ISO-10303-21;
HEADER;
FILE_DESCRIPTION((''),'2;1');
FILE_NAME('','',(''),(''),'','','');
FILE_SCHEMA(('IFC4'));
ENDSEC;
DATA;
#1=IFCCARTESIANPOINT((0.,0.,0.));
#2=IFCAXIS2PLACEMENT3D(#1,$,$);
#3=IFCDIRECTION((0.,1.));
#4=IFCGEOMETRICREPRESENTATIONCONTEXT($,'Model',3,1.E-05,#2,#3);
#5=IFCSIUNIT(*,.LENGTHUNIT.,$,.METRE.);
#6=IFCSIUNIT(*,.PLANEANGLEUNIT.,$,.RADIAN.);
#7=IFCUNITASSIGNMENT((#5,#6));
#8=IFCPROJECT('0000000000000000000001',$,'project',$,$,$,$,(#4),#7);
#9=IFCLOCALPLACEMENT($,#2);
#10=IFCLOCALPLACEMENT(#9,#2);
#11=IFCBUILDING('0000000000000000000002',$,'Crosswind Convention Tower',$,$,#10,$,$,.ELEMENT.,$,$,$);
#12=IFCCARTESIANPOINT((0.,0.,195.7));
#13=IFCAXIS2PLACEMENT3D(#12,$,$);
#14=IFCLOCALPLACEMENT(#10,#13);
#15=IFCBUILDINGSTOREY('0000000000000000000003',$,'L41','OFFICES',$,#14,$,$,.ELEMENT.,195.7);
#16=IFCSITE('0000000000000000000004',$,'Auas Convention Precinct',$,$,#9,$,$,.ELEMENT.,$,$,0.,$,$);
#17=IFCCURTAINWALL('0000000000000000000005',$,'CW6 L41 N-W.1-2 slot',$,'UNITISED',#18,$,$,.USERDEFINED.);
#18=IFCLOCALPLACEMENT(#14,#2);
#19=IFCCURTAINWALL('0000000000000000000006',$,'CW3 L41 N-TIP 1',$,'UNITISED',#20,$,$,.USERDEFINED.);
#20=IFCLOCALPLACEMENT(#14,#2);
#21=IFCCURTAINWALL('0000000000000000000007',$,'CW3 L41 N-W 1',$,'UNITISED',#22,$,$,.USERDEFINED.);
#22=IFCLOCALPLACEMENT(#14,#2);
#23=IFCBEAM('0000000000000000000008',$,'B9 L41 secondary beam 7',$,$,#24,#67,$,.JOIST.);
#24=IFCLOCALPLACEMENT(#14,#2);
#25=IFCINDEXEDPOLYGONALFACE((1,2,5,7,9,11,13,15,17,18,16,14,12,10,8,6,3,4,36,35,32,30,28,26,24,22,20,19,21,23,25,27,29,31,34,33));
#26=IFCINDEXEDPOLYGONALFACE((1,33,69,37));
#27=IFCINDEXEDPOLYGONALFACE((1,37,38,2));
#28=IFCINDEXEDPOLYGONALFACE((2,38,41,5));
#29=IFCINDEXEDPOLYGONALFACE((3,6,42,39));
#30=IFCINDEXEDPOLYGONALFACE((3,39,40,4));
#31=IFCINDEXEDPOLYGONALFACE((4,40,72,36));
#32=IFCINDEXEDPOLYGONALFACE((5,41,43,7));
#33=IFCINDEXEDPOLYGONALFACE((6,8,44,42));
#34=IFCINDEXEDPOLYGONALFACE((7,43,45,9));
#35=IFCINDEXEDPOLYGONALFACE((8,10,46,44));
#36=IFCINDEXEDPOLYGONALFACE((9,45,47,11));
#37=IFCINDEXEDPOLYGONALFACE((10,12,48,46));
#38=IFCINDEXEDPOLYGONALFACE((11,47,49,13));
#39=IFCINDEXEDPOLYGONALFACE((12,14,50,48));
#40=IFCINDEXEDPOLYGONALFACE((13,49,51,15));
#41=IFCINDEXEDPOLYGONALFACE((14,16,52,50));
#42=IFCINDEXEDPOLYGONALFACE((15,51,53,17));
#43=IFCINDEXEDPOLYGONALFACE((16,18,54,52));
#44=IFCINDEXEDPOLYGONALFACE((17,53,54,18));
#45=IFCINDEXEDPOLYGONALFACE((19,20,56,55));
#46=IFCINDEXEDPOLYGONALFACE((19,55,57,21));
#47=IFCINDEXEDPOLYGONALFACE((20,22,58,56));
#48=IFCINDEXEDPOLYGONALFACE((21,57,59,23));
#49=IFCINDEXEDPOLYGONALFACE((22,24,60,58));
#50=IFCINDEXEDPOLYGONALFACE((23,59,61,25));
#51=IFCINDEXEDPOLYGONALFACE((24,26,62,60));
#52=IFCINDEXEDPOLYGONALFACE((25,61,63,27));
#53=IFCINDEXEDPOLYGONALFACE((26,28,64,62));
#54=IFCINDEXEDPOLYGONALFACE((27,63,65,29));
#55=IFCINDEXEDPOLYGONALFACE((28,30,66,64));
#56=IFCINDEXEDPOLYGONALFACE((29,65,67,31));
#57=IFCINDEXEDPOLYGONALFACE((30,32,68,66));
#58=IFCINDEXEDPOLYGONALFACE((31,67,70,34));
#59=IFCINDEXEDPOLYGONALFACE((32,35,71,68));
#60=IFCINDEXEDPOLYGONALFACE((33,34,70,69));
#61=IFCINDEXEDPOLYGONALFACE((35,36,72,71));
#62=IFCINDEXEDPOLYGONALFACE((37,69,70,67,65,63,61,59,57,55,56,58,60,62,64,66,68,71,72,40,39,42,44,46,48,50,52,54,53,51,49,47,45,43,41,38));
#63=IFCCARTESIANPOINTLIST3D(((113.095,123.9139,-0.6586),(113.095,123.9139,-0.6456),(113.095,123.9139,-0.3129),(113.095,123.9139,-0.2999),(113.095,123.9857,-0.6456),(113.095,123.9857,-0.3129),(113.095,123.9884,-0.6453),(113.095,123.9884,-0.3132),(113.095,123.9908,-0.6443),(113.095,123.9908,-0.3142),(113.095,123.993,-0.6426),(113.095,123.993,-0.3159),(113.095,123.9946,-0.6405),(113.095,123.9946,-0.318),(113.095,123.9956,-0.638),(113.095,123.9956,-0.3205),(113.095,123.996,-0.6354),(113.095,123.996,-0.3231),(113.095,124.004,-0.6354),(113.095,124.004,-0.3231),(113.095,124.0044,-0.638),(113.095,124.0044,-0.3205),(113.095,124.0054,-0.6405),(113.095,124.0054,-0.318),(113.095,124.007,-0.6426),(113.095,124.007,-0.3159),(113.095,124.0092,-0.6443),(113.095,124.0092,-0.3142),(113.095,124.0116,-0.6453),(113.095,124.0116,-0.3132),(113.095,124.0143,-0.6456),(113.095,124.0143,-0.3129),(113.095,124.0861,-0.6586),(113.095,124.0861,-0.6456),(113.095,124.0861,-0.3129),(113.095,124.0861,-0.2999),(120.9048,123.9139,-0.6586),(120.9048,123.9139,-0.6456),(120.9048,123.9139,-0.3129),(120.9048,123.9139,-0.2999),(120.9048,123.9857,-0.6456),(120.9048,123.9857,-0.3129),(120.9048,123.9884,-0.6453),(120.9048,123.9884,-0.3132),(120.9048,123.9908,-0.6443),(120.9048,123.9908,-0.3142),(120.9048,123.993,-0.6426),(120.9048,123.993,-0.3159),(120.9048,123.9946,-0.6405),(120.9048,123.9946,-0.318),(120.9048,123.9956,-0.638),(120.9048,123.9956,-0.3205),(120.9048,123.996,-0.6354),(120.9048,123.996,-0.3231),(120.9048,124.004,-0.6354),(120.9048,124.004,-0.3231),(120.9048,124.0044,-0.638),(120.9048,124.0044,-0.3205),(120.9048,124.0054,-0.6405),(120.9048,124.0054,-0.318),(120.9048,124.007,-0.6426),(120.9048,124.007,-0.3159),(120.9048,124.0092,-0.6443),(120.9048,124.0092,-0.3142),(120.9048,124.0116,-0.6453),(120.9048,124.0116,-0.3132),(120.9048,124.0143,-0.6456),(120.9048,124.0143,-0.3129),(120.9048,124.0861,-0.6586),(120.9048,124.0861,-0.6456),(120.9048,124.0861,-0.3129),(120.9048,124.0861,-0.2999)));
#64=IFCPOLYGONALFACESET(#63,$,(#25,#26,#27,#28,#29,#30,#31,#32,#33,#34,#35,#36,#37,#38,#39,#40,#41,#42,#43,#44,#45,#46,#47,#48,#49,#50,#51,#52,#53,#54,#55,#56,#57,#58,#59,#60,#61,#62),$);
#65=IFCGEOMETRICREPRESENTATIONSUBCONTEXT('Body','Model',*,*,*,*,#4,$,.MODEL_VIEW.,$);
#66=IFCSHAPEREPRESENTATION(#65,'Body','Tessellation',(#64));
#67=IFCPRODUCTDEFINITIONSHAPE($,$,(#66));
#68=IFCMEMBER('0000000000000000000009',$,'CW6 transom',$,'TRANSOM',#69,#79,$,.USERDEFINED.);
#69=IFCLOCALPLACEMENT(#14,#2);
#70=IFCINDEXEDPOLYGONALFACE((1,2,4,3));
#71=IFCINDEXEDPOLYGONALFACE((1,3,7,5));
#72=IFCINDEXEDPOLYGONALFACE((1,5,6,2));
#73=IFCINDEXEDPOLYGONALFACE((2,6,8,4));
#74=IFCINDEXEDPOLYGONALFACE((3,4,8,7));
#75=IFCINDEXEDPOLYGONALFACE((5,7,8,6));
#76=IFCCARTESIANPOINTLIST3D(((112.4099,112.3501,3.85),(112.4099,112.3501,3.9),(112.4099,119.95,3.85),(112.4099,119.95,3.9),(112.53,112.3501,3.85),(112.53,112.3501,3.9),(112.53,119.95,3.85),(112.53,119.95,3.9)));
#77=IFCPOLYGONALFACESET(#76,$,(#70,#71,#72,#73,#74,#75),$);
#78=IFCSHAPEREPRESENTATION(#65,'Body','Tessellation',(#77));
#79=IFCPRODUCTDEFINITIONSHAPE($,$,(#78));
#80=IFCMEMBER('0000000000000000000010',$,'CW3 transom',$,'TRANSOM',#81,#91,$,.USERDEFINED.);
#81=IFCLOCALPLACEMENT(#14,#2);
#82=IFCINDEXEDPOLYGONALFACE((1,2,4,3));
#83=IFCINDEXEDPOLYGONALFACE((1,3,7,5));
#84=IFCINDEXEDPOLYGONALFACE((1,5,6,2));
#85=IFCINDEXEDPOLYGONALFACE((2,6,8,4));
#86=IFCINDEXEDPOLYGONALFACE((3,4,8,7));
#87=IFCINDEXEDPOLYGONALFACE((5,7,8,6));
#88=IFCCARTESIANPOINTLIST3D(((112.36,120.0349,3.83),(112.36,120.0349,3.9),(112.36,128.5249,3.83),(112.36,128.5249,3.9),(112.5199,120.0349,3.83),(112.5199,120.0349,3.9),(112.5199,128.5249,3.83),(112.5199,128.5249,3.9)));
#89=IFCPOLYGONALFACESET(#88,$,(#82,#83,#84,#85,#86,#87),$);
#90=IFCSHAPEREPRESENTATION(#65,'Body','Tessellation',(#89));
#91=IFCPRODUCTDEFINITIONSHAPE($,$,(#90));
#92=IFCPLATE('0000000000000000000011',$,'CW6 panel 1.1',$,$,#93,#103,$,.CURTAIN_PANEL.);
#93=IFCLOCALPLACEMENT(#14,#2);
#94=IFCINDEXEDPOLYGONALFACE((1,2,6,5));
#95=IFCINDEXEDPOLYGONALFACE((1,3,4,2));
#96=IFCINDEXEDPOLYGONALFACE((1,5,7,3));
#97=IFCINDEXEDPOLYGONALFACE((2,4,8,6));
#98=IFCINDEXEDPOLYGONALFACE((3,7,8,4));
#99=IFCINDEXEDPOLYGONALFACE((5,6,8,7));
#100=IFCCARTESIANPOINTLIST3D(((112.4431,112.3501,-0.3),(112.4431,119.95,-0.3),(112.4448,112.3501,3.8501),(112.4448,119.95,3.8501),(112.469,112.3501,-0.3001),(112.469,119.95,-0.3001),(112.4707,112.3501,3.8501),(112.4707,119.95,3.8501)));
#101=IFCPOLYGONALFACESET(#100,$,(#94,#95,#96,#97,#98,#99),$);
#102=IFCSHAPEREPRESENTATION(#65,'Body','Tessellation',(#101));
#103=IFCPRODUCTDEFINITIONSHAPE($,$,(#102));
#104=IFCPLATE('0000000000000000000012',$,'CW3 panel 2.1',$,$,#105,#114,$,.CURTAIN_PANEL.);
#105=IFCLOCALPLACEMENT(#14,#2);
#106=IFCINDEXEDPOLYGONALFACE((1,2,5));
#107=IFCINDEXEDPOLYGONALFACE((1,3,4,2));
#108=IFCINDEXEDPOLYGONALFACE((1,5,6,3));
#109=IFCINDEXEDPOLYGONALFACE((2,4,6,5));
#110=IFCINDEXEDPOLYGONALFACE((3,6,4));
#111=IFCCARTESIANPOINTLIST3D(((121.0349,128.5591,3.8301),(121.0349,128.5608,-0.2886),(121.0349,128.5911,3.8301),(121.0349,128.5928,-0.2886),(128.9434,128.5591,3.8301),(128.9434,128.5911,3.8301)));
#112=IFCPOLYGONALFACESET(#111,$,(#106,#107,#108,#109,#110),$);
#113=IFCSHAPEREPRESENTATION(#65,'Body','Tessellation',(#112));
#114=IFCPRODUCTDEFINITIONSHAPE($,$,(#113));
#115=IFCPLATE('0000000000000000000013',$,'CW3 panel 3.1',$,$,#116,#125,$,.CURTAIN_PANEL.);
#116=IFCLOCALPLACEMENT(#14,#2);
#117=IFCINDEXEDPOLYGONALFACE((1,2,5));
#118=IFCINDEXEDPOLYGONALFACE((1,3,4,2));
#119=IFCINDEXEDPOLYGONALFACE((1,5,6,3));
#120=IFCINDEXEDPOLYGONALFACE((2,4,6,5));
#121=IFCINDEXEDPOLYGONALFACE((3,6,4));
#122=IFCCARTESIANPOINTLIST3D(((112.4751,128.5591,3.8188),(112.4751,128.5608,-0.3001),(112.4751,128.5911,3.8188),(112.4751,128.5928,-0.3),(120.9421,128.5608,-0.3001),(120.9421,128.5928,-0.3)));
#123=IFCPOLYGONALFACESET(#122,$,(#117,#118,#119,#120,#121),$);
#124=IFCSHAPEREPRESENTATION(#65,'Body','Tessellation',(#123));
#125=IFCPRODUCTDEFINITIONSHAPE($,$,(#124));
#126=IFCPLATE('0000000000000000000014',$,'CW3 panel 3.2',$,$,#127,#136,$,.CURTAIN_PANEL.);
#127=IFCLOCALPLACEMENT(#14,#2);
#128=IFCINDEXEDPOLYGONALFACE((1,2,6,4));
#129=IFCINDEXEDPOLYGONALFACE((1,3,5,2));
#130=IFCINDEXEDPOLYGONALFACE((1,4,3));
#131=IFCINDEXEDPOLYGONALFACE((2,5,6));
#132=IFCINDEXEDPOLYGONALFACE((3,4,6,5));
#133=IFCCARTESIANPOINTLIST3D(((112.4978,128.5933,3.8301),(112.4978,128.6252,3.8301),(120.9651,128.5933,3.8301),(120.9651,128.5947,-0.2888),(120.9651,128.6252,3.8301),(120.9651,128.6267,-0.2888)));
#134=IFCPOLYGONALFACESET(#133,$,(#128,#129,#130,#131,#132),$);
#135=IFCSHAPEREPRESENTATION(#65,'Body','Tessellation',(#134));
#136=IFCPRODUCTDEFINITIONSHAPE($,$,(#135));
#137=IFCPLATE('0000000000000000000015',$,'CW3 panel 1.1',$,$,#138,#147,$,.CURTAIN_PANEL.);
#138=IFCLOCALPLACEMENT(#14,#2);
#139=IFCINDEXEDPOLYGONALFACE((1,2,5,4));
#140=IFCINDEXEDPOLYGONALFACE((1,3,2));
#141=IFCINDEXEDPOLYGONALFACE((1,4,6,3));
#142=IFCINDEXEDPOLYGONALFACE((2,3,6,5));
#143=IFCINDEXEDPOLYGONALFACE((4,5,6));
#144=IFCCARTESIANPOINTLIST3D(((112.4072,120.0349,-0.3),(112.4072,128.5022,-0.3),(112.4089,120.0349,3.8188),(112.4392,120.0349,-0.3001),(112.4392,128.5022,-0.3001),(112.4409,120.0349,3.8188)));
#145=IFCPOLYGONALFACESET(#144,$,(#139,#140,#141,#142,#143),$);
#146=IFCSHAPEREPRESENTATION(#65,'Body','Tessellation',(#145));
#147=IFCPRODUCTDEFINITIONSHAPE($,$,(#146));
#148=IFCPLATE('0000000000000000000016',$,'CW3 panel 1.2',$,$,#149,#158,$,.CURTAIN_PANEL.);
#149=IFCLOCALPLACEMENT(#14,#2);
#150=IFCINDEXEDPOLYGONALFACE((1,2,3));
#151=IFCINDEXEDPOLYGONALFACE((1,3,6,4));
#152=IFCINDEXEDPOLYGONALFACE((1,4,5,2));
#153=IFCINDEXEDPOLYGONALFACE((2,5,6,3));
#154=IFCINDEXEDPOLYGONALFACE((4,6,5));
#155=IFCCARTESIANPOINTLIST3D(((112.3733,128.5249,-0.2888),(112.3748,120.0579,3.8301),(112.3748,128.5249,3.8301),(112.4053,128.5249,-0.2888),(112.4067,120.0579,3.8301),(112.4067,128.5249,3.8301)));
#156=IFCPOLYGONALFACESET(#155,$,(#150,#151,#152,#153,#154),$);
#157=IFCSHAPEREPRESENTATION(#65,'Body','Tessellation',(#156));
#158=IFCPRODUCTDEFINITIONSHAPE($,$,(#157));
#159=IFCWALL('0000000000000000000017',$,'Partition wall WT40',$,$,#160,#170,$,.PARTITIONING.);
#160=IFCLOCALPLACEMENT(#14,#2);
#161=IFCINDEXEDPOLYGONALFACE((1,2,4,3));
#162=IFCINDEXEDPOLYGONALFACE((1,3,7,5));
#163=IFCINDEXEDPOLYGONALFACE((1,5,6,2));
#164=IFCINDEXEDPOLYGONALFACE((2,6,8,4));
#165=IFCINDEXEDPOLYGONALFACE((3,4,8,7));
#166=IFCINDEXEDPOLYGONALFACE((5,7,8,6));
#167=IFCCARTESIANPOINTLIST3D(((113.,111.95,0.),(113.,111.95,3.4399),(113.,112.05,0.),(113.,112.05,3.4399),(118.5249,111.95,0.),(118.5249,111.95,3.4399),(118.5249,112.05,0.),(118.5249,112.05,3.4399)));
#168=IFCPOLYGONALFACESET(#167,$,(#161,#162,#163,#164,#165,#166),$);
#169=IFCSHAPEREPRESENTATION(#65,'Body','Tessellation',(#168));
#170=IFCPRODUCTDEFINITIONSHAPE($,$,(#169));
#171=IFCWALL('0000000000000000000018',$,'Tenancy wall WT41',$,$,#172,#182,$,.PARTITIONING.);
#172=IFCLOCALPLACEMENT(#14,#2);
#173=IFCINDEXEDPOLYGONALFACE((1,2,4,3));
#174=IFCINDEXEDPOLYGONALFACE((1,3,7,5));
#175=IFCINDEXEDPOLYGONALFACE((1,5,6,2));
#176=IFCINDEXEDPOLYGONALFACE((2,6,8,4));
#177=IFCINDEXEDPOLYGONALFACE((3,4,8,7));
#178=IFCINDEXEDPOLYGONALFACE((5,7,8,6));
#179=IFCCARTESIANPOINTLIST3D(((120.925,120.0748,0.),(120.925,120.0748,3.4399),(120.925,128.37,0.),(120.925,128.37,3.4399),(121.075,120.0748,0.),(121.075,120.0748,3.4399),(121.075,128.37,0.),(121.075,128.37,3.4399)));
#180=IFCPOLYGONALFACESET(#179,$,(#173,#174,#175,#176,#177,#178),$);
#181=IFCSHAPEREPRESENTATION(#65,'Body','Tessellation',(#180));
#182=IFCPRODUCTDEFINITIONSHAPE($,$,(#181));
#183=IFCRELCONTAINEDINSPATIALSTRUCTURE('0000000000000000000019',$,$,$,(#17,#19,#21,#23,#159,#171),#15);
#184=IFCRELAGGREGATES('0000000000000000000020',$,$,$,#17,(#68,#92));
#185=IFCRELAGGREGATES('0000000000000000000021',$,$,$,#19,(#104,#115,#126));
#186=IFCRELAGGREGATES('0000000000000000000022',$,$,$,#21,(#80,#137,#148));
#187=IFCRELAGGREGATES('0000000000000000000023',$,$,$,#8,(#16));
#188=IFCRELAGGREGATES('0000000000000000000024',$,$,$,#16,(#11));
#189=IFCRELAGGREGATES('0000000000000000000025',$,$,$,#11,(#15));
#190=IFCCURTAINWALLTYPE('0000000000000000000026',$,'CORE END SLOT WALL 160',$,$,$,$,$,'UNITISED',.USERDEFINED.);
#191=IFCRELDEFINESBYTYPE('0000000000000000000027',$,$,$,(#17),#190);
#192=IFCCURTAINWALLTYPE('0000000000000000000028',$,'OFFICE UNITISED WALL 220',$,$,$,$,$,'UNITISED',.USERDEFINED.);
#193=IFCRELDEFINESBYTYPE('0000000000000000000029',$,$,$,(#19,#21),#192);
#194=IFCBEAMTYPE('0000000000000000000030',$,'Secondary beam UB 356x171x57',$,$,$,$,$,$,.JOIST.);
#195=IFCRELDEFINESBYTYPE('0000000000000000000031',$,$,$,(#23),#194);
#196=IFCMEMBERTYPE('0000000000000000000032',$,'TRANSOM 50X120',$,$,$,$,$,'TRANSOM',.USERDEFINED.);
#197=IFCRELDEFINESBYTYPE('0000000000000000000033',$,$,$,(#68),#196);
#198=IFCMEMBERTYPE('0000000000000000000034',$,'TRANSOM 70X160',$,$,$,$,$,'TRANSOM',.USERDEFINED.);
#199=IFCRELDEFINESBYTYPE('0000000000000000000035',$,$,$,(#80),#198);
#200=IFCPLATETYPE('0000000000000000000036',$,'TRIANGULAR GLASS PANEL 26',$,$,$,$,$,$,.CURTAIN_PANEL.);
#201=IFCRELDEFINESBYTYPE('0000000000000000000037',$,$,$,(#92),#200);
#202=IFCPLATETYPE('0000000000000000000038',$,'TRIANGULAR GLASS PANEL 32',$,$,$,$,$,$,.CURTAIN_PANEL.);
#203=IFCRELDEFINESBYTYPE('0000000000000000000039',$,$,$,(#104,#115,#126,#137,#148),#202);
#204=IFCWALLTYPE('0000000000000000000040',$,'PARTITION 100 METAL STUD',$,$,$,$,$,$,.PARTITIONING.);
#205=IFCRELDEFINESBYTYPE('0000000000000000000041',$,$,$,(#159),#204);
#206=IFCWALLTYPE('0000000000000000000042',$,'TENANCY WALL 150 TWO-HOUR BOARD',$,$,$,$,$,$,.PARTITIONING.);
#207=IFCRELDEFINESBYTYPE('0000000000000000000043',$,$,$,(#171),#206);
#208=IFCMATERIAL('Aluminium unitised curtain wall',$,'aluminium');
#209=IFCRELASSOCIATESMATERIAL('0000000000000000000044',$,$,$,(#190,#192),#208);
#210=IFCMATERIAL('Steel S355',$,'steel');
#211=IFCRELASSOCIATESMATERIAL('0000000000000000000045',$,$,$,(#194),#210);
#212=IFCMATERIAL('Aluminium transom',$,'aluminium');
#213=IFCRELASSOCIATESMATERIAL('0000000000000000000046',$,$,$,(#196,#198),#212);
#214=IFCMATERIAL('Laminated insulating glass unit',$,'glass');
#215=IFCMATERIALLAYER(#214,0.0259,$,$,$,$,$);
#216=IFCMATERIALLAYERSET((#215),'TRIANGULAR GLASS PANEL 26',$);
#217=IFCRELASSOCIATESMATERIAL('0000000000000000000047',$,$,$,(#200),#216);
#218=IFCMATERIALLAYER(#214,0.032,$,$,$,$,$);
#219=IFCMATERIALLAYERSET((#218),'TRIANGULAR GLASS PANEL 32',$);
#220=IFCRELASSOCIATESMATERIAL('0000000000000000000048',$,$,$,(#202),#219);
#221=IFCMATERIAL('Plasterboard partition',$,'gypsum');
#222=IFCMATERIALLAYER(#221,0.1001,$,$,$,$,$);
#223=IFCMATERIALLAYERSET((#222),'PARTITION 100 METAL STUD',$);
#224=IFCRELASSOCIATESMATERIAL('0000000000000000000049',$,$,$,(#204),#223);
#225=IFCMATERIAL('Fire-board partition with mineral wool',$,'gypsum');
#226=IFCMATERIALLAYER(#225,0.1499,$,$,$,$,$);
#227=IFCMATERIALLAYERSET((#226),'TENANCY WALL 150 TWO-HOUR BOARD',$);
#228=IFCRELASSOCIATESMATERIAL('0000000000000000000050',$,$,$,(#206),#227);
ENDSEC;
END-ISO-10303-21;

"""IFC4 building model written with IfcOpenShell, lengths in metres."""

from ifc_helpers import new_model, si_unit, direction, frame, frame_2d, origin, origin_2d, place, context, subcontext, project, spatial, polyline, rectangle, i_section, outline, extrude, material, layer, layer_set, material_profile, profile_set, type_object, element, aggregate, save


model = new_model("IFC4")

# Units and contexts
model_context = context("Model", 3, precision=1e-05, world=origin(), true_north=direction((0.0, 1.0)))
body_context = subcontext(model_context, "Body", "Model", "MODEL_VIEW")
ifc_project = project(units=[si_unit("LENGTHUNIT", "METRE"), si_unit("PLANEANGLEUNIT", "RADIAN")], contexts=[model_context])

# Site, building, storey
site_placement = place(None, origin())
site = spatial("IfcSite", under=ifc_project, at=site_placement, Name="Auas Convention Precinct", CompositionType="ELEMENT", RefElevation=0.0)
building_placement = place(site_placement, origin())
building = spatial("IfcBuilding", under=site, at=building_placement, Name="Crosswind Convention Tower", CompositionType="ELEMENT")
storey_placement = place(building_placement, frame((0.0, 0.0, 195.7)))
storey = spatial("IfcBuildingStorey", under=building, at=storey_placement, Name="L41", Description="OFFICES", CompositionType="ELEMENT", Elevation=195.7)

# Shared definitions
ifc_material_1 = material(Name="Steel S355", Category="steel")

# Curtain walls
ifc_material_2 = material(Name="Aluminium unitised curtain wall", Category="aluminium")
curtain_wall_type_1 = type_object("IfcCurtainWallType", Name="CORE END SLOT WALL 160", ElementType="UNITISED", PredefinedType="USERDEFINED", material=ifc_material_2)
curtain_wall_1_placement = place(storey_placement, origin())
curtain_wall_1 = element("IfcCurtainWall", 1, at=curtain_wall_1_placement, inside=storey, type_object=curtain_wall_type_1, Name="CW6 L41 N-W.1-2 slot", ObjectType="UNITISED", PredefinedType="USERDEFINED")
curtain_wall_type_2 = type_object("IfcCurtainWallType", Name="OFFICE UNITISED WALL 220", ElementType="UNITISED", PredefinedType="USERDEFINED", material=ifc_material_2)
curtain_wall_2_placement = place(storey_placement, origin())
curtain_wall_2 = element("IfcCurtainWall", 2, at=curtain_wall_2_placement, inside=storey, type_object=curtain_wall_type_2, Name="CW3 L41 N-TIP 1", ObjectType="UNITISED", PredefinedType="USERDEFINED")

# Curtain wall
curtain_wall_3_placement = place(storey_placement, origin())
curtain_wall_3 = element("IfcCurtainWall", 3, at=curtain_wall_3_placement, inside=storey, type_object=curtain_wall_type_2, Name="CW3 L41 N-W 1", ObjectType="UNITISED", PredefinedType="USERDEFINED")

# Beam
ifc_material_profile_1 = material_profile(ifc_material_1, i_section(OverallWidth=0.1721, OverallDepth=0.3586, WebThickness=0.0081, FlangeThickness=0.0129, FilletRadius=0.0103, at=origin_2d()), Name="UB 356x171x57")
ifc_profile_set_1 = profile_set([ifc_material_profile_1], Name="Steel S355")
beam_type_1 = type_object("IfcBeamType", Name="Secondary beam UB 356x171x57", PredefinedType="JOIST", material=ifc_profile_set_1)
for number, where, z_axis, x_axis, name in (
    (4, (113.095, 124.0, -0.4792), (1.0, 0.0, 0.0), (0.0, 1.0, 0.0), "B9 L41 secondary beam 7"),
):
    element("IfcBeam", number, at=place(storey_placement, frame(where, z_axis=z_axis, x_axis=x_axis)), inside=storey, type_object=beam_type_1, Name=name, PredefinedType="JOIST", context=body_context, shape_type="SweptSolid", body=[
        extrude(i_section(OverallWidth=0.1721, OverallDepth=0.3586, WebThickness=0.0081, FlangeThickness=0.0129, FilletRadius=0.0103, at=origin_2d()), origin(), (0.0, 0.0, 1.0), 7.8098),
    ])

# Members
ifc_material_3 = material(Name="Aluminium transom", Category="aluminium")
ifc_material_profile_2 = material_profile(ifc_material_3, rectangle(XDim=0.1201, YDim=0.05, at=origin_2d()), Name="AL 120X50")
ifc_profile_set_2 = profile_set([ifc_material_profile_2], Name="Aluminium transom")
member_type_1 = type_object("IfcMemberType", Name="TRANSOM 50X120", ElementType="TRANSOM", PredefinedType="USERDEFINED", material=ifc_profile_set_2)
member_1_placement = place(storey_placement, frame((112.47, 119.95, 3.875), z_axis=(0.0, -1.0, 0.0), x_axis=(1.0, 0.0, 0.0)))
member_1 = element("IfcMember", 5, at=member_1_placement, type_object=member_type_1, Name="CW6 transom", ObjectType="TRANSOM", PredefinedType="USERDEFINED", context=body_context, shape_type="SweptSolid", body=[
    extrude(rectangle(XDim=0.1201, YDim=0.05, at=origin_2d()), origin(), (0.0, 0.0, 1.0), 7.5999),
])
ifc_material_profile_3 = material_profile(ifc_material_3, rectangle(XDim=0.1599, YDim=0.0701, at=origin_2d()), Name="AL 160X70")
ifc_profile_set_3 = profile_set([ifc_material_profile_3], Name="Aluminium transom")
member_type_2 = type_object("IfcMemberType", Name="TRANSOM 70X160", ElementType="TRANSOM", PredefinedType="USERDEFINED", material=ifc_profile_set_3)
member_2_placement = place(storey_placement, frame((112.4399, 128.5249, 3.865), z_axis=(0.0, -1.0, 0.0), x_axis=(1.0, 0.0, 0.0)))
member_2 = element("IfcMember", 6, at=member_2_placement, type_object=member_type_2, Name="CW3 transom", ObjectType="TRANSOM", PredefinedType="USERDEFINED", context=body_context, shape_type="SweptSolid", body=[
    extrude(rectangle(XDim=0.1599, YDim=0.0701, at=origin_2d()), origin(), (0.0, 0.0, 1.0), 8.49),
])

# Plates
ifc_material_4 = material(Name="Laminated insulating glass unit", Category="glass")
ifc_layer_1 = layer(ifc_material_4, 0.0259)
ifc_layer_set_1 = layer_set([ifc_layer_1], Name="TRIANGULAR GLASS PANEL 26")
plate_type_1 = type_object("IfcPlateType", Name="TRIANGULAR GLASS PANEL 26", PredefinedType="CURTAIN_PANEL", material=ifc_layer_set_1)
plate_1_placement = place(storey_placement, frame((112.4431, 119.95, -0.3), z_axis=(-1.0, 0.0, 0.000412), x_axis=(0.0, -1.0, 0.0)))
plate_1 = element("IfcPlate", 7, at=plate_1_placement, type_object=plate_type_1, Name="CW6 panel 1.1", PredefinedType="CURTAIN_PANEL", context=body_context, shape_type="SweptSolid", body=[
    extrude(outline(polyline([(0.0, 0.0), (7.5999, 0.0), (7.5999, 4.1501), (0.0, 4.1501), (0.0, 0.0)])), origin(), (0.0, 0.0, -1.0), 0.0259),
])
aggregate(curtain_wall_1, [member_1, plate_1])
ifc_layer_2 = layer(ifc_material_4, 0.032)
ifc_layer_set_2 = layer_set([ifc_layer_2], Name="TRIANGULAR GLASS PANEL 32")
plate_type_2 = type_object("IfcPlateType", Name="TRIANGULAR GLASS PANEL 32", PredefinedType="CURTAIN_PANEL", material=ifc_layer_set_2)
plate_2_placement = place(storey_placement, frame((121.0349, 128.5911, 3.8301), z_axis=(0.0, 1.0, 0.000415), x_axis=(1.0, 0.0, 0.0)))
plate_2 = element("IfcPlate", 8, at=plate_2_placement, type_object=plate_type_2, Name="CW3 panel 2.1", PredefinedType="CURTAIN_PANEL", context=body_context, shape_type="SweptSolid", body=[
    extrude(outline(polyline([(0.0, 0.0), (7.9084, 0.0), (0.0, 4.1187), (0.0, 0.0)])), origin(), (0.0, 0.0, -1.0), 0.032),
])
plate_3_placement = place(storey_placement, frame((112.4751, 128.5928, -0.3), z_axis=(0.0, 1.0, 0.000415), x_axis=(0.0, -0.000415, 1.0)))
plate_3 = element("IfcPlate", 9, at=plate_3_placement, type_object=plate_type_2, Name="CW3 panel 3.1", PredefinedType="CURTAIN_PANEL", context=body_context, shape_type="SweptSolid", body=[
    extrude(outline(polyline([(0.0, 0.0), (4.1189, 0.0), (0.0, 8.467), (0.0, 0.0)])), origin(), (0.0, 0.0, -1.0), 0.032),
])
plate_4_placement = place(storey_placement, frame((120.9651, 128.6252, 3.8301), z_axis=(0.0, 1.0, 0.000356), x_axis=(0.0, 0.000356, -1.0)))
plate_4 = element("IfcPlate", 10, at=plate_4_placement, type_object=plate_type_2, Name="CW3 panel 3.2", PredefinedType="CURTAIN_PANEL", context=body_context, shape_type="SweptSolid", body=[
    extrude(outline(polyline([(0.0, 0.0), (4.1189, 0.0), (0.0, 8.4673), (0.0, 0.0)])), origin(), (0.0, 0.0, -1.0), 0.032),
])
aggregate(curtain_wall_2, [plate_2, plate_3, plate_4])
plate_5_placement = place(storey_placement, frame((112.4072, 120.0349, -0.3), z_axis=(-1.0, 0.0, 0.000415), x_axis=(0.000415, 0.0, 1.0)))
plate_5 = element("IfcPlate", 11, at=plate_5_placement, type_object=plate_type_2, Name="CW3 panel 1.1", PredefinedType="CURTAIN_PANEL", context=body_context, shape_type="SweptSolid", body=[
    extrude(outline(polyline([(0.0, 0.0), (4.1189, 0.0), (0.0, 8.4673), (0.0, 0.0)])), origin(), (0.0, 0.0, -1.0), 0.032),
])
plate_6_placement = place(storey_placement, frame((112.3748, 128.5249, 3.8301), z_axis=(-1.0, 0.0, 0.000356), x_axis=(-0.000356, 0.0, -1.0)))
plate_6 = element("IfcPlate", 12, at=plate_6_placement, type_object=plate_type_2, Name="CW3 panel 1.2", PredefinedType="CURTAIN_PANEL", context=body_context, shape_type="SweptSolid", body=[
    extrude(outline(polyline([(0.0, 0.0), (4.1189, 0.0), (0.0, 8.467), (0.0, 0.0)])), origin(), (0.0, 0.0, -1.0), 0.032),
])

# Walls
ifc_material_5 = material(Name="Plasterboard partition", Category="gypsum")
ifc_layer_3 = layer(ifc_material_5, 0.1001)
ifc_layer_set_3 = layer_set([ifc_layer_3], Name="PARTITION 100 METAL STUD")
wall_type_1 = type_object("IfcWallType", Name="PARTITION 100 METAL STUD", PredefinedType="PARTITIONING", material=ifc_layer_set_3)
wall_1_placement = place(storey_placement, frame((113.0, 112.0, 0.0), z_axis=(0.0, 0.0, 1.0), x_axis=(1.0, 0.0, 0.0)))
element("IfcWall", 13, at=wall_1_placement, inside=storey, type_object=wall_type_1, Name="Partition wall WT40", PredefinedType="PARTITIONING", context=body_context, shape_type="SweptSolid", body=[
    extrude(rectangle(XDim=5.5249, YDim=0.1001, at=frame_2d((2.7625, 0.0))), origin(), (0.0, 0.0, 1.0), 3.4399),
])
ifc_material_6 = material(Name="Fire-board partition with mineral wool", Category="gypsum")
ifc_layer_4 = layer(ifc_material_6, 0.1499)
ifc_layer_set_4 = layer_set([ifc_layer_4], Name="TENANCY WALL 150 TWO-HOUR BOARD")
wall_type_2 = type_object("IfcWallType", Name="TENANCY WALL 150 TWO-HOUR BOARD", PredefinedType="PARTITIONING", material=ifc_layer_set_4)
wall_2_placement = place(storey_placement, frame((121.0, 120.075, 0.0), z_axis=(0.0, 0.0, 1.0), x_axis=(0.0, 1.0, 0.0)))
element("IfcWall", 14, at=wall_2_placement, inside=storey, type_object=wall_type_2, Name="Tenancy wall WT41", PredefinedType="PARTITIONING", context=body_context, shape_type="SweptSolid", body=[
    extrude(rectangle(XDim=8.2952, YDim=0.1499, at=frame_2d((4.1475, 0.0))), origin(), (0.0, 0.0, 1.0), 3.4399),
])

aggregate(curtain_wall_3, [member_2, plate_5, plate_6])

save(model, "model.ifc")
